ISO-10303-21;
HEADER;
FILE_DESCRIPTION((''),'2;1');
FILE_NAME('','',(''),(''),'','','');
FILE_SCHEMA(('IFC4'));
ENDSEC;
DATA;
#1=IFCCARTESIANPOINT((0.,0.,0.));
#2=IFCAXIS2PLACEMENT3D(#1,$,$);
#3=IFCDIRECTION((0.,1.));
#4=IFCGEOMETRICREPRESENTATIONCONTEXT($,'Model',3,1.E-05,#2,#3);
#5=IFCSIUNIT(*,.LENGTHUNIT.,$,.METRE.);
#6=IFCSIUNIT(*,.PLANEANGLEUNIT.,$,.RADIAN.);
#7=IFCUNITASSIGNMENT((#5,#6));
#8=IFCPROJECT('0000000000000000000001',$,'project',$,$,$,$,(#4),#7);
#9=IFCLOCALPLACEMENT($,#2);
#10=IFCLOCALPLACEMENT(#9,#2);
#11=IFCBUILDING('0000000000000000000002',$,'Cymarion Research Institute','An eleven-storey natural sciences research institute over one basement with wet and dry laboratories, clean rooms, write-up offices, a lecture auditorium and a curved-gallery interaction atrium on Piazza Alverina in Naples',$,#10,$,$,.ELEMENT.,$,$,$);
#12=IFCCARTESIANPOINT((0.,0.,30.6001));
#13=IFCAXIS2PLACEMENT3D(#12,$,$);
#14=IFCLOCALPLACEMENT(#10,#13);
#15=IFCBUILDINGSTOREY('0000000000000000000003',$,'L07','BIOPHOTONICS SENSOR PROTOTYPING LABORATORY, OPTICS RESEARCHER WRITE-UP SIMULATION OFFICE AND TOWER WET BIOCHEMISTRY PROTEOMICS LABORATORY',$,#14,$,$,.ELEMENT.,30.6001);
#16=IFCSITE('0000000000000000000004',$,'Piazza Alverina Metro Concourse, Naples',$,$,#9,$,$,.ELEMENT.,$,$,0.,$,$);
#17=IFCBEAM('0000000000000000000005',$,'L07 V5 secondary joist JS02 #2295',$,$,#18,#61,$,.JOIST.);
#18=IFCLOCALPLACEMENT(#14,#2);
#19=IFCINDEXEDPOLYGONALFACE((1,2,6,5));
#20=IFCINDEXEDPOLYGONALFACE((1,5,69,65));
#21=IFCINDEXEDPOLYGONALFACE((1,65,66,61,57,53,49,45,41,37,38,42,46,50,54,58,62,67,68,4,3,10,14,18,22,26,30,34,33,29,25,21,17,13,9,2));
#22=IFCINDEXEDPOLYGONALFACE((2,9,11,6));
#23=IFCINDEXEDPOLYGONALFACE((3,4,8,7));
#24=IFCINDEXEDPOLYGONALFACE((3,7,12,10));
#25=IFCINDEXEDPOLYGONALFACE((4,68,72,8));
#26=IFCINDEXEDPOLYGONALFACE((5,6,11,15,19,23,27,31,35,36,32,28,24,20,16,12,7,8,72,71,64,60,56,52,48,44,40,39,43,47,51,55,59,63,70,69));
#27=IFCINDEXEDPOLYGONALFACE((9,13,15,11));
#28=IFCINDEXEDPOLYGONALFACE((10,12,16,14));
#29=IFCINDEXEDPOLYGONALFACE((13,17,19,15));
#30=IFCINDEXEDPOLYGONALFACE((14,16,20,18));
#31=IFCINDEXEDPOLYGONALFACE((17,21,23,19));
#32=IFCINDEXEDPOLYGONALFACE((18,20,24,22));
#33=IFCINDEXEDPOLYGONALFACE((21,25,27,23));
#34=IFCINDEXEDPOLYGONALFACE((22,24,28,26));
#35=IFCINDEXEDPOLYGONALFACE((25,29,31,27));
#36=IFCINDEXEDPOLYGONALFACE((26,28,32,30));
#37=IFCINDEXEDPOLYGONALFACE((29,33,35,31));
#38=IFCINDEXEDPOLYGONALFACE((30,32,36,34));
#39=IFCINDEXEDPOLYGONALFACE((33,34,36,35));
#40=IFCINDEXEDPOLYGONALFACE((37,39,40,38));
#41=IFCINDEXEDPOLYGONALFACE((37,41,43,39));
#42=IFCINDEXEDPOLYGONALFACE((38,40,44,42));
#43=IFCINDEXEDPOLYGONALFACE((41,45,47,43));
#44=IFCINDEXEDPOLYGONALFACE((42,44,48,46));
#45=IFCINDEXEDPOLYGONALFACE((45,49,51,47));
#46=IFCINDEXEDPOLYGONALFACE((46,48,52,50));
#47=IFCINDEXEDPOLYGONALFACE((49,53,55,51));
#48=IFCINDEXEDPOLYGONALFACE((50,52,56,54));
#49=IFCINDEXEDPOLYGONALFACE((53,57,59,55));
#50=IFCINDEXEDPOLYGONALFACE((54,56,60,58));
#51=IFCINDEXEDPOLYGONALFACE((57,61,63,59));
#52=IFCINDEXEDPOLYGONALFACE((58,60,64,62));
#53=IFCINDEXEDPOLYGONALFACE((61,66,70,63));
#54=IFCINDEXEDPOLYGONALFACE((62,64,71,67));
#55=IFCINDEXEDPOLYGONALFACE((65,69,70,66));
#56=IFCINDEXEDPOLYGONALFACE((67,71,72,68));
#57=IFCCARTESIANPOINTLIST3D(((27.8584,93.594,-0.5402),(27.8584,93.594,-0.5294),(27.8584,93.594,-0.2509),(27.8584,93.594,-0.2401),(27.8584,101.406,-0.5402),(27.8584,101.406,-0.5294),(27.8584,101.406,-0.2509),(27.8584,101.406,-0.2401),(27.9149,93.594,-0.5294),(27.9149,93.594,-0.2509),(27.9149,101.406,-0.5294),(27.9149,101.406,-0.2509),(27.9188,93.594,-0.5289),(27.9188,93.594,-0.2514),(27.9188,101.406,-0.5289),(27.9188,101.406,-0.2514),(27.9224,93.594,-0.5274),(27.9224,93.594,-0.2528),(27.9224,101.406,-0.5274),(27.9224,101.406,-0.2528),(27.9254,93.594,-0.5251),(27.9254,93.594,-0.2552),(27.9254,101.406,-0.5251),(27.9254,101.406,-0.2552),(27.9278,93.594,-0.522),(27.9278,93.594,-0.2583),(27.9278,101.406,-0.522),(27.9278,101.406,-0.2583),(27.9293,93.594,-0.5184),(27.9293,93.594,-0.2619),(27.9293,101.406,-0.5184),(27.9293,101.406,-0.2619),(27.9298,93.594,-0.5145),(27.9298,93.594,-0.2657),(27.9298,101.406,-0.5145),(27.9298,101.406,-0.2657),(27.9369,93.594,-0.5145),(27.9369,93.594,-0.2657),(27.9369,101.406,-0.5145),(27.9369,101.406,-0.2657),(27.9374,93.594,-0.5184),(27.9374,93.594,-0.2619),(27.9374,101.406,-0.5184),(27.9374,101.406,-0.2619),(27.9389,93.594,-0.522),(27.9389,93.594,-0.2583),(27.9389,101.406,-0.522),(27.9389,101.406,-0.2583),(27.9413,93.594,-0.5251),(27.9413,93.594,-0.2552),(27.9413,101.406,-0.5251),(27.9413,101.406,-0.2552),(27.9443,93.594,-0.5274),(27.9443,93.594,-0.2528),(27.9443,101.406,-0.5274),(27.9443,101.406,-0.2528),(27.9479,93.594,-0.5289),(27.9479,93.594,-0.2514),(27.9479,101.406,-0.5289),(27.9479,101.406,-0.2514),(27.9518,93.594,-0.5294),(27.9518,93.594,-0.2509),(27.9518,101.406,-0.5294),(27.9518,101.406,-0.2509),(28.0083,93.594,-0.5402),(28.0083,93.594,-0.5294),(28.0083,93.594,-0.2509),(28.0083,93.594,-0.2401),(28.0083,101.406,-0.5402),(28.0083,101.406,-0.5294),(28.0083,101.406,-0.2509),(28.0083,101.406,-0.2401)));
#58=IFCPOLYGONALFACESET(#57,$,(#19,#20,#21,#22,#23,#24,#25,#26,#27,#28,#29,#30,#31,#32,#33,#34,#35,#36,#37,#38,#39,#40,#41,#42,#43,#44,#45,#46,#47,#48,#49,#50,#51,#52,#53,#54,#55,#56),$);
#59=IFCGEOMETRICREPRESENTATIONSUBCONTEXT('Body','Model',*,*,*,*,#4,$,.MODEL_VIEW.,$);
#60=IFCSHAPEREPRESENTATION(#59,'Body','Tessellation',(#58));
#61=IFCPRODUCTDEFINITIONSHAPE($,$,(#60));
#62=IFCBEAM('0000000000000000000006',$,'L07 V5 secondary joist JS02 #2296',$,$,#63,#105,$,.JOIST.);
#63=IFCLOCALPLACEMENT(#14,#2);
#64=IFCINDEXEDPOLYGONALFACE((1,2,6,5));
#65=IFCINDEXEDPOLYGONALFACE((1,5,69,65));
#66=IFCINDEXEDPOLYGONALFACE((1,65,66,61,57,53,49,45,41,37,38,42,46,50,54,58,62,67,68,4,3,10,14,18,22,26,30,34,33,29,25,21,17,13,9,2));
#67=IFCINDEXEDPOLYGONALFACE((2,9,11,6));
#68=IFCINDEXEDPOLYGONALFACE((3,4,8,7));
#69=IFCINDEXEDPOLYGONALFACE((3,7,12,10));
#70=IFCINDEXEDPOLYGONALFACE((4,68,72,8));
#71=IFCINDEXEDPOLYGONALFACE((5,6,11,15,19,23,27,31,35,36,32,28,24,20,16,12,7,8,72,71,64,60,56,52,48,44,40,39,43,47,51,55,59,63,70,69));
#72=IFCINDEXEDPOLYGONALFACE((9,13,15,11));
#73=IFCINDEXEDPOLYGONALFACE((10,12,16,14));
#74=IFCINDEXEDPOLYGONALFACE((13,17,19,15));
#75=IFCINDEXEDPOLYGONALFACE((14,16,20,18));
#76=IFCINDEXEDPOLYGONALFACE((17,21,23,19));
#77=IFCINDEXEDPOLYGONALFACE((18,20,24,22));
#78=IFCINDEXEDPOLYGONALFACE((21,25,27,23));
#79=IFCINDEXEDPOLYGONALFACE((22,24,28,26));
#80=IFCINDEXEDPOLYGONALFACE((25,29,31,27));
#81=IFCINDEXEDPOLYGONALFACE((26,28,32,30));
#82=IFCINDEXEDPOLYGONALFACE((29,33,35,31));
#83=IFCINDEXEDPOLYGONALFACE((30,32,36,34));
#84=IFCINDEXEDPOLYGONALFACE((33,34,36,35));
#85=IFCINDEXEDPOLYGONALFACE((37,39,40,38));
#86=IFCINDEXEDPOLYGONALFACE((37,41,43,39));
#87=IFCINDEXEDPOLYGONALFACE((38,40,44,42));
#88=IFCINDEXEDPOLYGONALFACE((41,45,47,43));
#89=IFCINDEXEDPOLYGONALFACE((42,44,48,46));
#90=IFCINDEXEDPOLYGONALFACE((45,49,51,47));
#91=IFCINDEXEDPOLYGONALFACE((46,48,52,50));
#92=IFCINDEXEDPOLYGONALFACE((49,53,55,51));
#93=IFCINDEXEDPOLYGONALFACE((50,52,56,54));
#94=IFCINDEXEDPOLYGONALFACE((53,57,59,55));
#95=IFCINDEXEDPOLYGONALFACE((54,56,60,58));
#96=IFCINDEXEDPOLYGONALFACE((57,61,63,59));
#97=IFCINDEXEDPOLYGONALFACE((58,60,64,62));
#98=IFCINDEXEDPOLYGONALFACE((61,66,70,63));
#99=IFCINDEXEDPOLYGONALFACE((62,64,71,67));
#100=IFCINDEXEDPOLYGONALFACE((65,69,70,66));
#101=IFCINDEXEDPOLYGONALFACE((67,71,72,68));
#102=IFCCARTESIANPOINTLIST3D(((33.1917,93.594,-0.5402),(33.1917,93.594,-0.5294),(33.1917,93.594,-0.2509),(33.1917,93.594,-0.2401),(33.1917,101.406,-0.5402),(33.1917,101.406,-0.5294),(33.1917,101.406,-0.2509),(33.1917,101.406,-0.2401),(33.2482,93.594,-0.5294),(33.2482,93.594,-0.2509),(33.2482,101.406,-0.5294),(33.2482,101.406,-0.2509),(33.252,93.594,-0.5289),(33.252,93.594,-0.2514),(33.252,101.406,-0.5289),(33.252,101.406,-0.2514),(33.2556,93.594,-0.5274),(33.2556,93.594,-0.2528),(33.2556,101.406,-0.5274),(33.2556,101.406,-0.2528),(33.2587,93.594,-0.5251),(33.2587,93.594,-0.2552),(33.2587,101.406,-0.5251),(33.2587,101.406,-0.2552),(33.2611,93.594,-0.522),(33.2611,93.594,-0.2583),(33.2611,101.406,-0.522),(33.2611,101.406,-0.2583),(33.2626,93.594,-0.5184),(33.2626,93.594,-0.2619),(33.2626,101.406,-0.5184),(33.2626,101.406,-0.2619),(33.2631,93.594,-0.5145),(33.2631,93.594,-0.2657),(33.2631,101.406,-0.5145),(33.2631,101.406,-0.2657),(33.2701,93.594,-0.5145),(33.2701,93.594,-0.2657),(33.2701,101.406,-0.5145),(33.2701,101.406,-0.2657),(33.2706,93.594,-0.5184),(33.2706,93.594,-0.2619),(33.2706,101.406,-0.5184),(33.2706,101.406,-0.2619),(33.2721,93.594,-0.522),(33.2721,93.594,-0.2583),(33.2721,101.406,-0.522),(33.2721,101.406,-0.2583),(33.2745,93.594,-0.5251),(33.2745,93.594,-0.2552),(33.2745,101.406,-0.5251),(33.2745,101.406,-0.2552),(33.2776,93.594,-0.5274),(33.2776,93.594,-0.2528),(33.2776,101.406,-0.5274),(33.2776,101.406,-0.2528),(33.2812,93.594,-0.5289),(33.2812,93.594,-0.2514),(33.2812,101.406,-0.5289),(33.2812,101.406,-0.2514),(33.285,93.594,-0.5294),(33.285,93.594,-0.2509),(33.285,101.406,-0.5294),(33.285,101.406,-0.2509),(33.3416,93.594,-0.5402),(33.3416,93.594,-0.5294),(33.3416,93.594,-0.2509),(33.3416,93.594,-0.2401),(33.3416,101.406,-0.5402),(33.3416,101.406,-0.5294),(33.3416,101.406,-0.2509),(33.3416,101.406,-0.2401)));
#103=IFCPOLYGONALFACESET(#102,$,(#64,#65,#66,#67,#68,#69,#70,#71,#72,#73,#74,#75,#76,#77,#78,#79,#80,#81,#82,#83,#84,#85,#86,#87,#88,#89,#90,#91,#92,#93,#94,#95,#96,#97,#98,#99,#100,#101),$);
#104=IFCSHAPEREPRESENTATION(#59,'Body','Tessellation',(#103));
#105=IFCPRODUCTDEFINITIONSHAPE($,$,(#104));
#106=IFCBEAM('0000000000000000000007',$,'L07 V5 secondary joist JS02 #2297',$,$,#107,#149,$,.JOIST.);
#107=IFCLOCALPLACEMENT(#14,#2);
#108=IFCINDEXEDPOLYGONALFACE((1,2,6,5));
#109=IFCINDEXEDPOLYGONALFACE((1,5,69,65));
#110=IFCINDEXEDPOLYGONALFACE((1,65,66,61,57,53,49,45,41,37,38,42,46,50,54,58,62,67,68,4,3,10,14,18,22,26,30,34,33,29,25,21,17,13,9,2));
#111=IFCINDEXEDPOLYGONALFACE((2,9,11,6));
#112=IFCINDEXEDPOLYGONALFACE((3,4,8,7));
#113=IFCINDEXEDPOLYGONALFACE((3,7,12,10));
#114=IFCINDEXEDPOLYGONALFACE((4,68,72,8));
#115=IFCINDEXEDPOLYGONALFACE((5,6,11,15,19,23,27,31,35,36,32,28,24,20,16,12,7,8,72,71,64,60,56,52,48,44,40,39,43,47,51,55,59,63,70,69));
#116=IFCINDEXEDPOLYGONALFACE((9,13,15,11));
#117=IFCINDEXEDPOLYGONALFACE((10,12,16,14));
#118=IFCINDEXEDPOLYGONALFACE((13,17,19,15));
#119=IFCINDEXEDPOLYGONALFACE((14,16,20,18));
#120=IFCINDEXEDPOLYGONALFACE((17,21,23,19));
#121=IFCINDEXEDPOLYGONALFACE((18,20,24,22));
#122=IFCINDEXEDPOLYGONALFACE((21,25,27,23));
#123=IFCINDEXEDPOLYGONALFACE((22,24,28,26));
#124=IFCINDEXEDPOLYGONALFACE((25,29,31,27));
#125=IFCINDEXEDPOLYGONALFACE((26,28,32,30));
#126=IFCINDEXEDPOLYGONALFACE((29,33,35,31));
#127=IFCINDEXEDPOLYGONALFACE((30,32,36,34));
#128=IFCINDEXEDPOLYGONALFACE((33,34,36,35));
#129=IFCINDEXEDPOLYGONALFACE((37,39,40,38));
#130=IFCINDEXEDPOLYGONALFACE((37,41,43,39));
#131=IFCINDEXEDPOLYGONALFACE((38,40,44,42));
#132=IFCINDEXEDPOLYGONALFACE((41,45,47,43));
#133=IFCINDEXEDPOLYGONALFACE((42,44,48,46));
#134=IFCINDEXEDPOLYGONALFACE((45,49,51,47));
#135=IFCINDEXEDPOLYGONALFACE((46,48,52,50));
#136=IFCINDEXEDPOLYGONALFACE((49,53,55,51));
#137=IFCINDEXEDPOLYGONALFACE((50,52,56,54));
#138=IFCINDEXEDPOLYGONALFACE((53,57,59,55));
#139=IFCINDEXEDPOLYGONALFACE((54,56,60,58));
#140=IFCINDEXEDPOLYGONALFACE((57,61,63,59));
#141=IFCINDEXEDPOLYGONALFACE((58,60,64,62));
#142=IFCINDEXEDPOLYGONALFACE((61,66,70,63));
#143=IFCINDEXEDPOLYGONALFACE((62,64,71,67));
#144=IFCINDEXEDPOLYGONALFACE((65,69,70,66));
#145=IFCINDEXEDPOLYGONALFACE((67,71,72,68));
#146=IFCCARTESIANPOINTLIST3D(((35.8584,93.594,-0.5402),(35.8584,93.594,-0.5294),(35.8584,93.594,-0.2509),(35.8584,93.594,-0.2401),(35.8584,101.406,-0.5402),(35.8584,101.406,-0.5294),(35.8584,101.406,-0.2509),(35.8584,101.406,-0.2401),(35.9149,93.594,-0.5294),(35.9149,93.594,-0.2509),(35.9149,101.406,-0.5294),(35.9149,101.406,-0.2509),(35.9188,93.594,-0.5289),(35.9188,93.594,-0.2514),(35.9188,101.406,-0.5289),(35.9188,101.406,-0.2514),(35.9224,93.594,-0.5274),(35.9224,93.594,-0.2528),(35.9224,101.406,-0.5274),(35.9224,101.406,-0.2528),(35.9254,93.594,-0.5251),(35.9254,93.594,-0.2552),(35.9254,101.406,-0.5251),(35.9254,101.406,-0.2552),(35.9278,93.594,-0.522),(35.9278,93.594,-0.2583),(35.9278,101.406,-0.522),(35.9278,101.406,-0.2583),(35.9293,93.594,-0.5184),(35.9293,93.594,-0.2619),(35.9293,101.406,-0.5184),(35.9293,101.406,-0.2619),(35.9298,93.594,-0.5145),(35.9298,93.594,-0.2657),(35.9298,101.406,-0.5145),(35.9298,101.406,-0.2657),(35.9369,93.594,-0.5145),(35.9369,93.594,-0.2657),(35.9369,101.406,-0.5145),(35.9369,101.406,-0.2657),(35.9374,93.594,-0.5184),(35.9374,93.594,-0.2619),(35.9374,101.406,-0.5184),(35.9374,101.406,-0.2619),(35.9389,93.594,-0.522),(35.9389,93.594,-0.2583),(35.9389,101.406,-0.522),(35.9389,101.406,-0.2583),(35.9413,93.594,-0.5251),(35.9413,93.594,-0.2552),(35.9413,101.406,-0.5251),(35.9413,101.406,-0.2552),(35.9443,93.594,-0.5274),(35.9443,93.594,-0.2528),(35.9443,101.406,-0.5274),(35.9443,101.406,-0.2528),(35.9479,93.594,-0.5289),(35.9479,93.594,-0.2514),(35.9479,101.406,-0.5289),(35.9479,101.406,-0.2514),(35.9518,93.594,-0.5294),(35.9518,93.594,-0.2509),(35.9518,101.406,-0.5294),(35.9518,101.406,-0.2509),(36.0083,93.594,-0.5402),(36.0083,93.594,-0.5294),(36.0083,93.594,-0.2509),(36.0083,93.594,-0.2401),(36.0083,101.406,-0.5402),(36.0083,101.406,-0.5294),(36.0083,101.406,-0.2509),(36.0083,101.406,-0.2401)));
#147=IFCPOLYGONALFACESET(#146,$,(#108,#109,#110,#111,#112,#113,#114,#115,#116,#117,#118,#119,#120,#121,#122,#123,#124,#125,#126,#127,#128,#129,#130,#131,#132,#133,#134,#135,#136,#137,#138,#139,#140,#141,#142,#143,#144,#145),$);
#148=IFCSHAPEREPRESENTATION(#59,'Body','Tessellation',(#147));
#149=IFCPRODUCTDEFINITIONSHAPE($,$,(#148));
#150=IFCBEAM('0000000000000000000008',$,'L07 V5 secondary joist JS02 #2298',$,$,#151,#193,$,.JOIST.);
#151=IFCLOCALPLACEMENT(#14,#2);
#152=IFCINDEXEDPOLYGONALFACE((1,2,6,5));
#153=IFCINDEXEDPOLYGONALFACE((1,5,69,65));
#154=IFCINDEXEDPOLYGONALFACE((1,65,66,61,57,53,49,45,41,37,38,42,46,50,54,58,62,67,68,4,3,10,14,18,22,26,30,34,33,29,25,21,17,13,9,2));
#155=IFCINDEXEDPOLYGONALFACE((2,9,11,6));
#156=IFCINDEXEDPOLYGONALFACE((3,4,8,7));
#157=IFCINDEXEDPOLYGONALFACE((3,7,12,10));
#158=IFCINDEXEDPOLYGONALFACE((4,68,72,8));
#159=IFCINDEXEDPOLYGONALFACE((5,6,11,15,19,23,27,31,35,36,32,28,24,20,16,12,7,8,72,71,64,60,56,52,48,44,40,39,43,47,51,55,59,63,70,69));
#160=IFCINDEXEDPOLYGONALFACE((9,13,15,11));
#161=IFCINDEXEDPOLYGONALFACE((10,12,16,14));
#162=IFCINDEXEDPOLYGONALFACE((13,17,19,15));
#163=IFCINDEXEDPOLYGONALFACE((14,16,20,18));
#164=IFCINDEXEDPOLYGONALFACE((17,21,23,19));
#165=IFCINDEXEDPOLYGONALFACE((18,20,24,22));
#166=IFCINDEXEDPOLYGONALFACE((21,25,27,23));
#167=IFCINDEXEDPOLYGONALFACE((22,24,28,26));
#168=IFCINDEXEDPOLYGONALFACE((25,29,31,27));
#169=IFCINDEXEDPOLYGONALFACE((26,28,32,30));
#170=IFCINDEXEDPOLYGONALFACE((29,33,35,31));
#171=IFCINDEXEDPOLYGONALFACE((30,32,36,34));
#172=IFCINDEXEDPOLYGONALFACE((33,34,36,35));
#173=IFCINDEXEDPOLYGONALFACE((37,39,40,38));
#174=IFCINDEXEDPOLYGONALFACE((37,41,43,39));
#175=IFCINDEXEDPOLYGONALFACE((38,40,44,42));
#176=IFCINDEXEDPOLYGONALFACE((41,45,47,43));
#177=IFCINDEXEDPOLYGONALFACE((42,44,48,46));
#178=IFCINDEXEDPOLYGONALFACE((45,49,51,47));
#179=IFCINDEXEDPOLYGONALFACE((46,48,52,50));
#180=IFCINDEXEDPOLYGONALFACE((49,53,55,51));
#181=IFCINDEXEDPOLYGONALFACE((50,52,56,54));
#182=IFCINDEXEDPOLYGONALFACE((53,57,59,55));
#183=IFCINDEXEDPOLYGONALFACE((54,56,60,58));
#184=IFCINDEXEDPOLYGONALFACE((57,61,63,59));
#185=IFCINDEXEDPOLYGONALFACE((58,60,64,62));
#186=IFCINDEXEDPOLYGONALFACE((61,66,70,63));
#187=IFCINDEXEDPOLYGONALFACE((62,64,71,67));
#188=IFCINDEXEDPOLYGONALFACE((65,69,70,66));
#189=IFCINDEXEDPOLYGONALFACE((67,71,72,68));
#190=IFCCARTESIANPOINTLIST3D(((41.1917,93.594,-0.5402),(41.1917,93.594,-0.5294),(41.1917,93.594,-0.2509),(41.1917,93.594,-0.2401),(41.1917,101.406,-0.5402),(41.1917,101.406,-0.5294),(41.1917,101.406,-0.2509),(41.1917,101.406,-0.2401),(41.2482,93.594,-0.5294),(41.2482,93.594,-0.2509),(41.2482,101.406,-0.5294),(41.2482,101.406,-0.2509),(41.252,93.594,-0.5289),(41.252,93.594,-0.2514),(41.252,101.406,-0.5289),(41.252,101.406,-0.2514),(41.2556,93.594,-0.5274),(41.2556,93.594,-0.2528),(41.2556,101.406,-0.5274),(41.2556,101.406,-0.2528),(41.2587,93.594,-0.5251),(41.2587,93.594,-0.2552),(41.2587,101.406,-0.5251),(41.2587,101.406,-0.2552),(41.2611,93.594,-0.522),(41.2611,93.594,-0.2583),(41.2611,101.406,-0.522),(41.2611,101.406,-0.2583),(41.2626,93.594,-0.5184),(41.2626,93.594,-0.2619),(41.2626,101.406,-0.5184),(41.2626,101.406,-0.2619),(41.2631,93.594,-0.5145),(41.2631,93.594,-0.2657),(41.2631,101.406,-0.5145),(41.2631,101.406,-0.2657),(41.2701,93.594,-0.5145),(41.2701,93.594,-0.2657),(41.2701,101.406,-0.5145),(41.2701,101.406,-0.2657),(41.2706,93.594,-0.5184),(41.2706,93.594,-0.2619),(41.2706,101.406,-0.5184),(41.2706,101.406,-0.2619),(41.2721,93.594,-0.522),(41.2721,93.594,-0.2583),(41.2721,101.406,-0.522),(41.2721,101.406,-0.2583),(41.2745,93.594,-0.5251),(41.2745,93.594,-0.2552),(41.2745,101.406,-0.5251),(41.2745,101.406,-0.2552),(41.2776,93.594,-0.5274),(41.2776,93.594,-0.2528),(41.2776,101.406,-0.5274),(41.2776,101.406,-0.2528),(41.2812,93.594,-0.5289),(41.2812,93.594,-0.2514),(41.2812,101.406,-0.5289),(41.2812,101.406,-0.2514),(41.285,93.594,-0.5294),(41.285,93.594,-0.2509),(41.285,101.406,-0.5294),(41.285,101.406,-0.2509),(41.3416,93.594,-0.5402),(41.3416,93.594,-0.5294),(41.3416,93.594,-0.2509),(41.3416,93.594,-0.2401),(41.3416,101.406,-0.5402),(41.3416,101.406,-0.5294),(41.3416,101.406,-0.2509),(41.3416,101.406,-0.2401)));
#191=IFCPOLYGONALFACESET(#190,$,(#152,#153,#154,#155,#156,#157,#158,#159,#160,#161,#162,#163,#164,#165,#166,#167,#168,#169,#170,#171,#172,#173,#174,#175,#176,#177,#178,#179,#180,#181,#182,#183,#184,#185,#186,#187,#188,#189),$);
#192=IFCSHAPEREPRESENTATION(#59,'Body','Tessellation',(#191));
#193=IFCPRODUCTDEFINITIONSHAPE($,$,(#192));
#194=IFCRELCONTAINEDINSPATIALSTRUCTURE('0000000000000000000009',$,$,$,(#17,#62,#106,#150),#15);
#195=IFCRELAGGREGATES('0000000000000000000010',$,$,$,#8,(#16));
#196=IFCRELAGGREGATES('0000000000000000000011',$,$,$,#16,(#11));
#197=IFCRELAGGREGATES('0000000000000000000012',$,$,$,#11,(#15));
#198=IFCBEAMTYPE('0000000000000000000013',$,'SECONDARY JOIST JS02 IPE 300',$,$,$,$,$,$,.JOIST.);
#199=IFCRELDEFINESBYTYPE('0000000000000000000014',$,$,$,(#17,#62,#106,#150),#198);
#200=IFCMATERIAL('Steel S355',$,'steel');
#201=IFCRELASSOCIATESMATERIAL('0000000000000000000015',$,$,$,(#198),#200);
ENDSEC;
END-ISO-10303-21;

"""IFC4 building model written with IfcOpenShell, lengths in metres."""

from ifc_helpers import new_model, si_unit, direction, frame, origin, origin_2d, place, context, subcontext, project, spatial, i_section, extrude, material, material_profile, profile_set, type_object, element, save


model = new_model("IFC4")

# Units and contexts
model_context = context("Model", 3, precision=1e-05, world=origin(), true_north=direction((0.0, 1.0)))
body_context = subcontext(model_context, "Body", "Model", "MODEL_VIEW")
ifc_project = project(units=[si_unit("LENGTHUNIT", "METRE"), si_unit("PLANEANGLEUNIT", "RADIAN")], contexts=[model_context])

# Site, building, storey
site_placement = place(None, origin())
site = spatial("IfcSite", under=ifc_project, at=site_placement, Name="Piazza Alverina Metro Concourse, Naples", CompositionType="ELEMENT", RefElevation=0.0)
building_placement = place(site_placement, origin())
building = spatial("IfcBuilding", under=site, at=building_placement, Name="Cymarion Research Institute", Description="An eleven-storey natural sciences research institute over one basement with wet and dry laboratories, clean rooms, write-up offices, a lecture auditorium and a curved-gallery interaction atrium on Piazza Alverina in Naples", CompositionType="ELEMENT")
storey_placement = place(building_placement, frame((0.0, 0.0, 30.6001)))
storey = spatial("IfcBuildingStorey", under=building, at=storey_placement, Name="L07", Description="BIOPHOTONICS SENSOR PROTOTYPING LABORATORY, OPTICS RESEARCHER WRITE-UP SIMULATION OFFICE AND TOWER WET BIOCHEMISTRY PROTEOMICS LABORATORY", CompositionType="ELEMENT", Elevation=30.6001)

# Beams
ifc_material_1 = material(Name="Steel S355", Category="steel")
ifc_material_profile_1 = material_profile(ifc_material_1, i_section(OverallWidth=0.1499, OverallDepth=0.3, WebThickness=0.0071, FlangeThickness=0.0107, FilletRadius=0.0149, at=origin_2d()), Name="IPE 300")
ifc_profile_set_1 = profile_set([ifc_material_profile_1], Name="Steel S355")
beam_type_1 = type_object("IfcBeamType", Name="SECONDARY JOIST JS02 IPE 300", PredefinedType="JOIST", material=ifc_profile_set_1)
for number, where, z_axis, x_axis, name in (
    (1, (27.9333, 93.594, -0.3901), (0.0, 1.0, 0.0), (-1.0, 0.0, 0.0), "L07 V5 secondary joist JS02 #2295"),
    (2, (33.2666, 93.594, -0.3901), (0.0, 1.0, 0.0), (-1.0, 0.0, 0.0), "L07 V5 secondary joist JS02 #2296"),
    (3, (35.9333, 93.594, -0.3901), (0.0, 1.0, 0.0), (-1.0, 0.0, 0.0), "L07 V5 secondary joist JS02 #2297"),
    (4, (41.2666, 93.594, -0.3901), (0.0, 1.0, 0.0), (-1.0, 0.0, 0.0), "L07 V5 secondary joist JS02 #2298"),
):
    element("IfcBeam", number, at=place(storey_placement, frame(where, z_axis=z_axis, x_axis=x_axis)), inside=storey, type_object=beam_type_1, Name=name, PredefinedType="JOIST", context=body_context, shape_type="SweptSolid", body=[
        extrude(i_section(OverallWidth=0.1499, OverallDepth=0.3, WebThickness=0.0071, FlangeThickness=0.0107, FilletRadius=0.0149, at=origin_2d()), origin(), (0.0, 0.0, 1.0), 7.812),
    ])

save(model, "model.ifc")
